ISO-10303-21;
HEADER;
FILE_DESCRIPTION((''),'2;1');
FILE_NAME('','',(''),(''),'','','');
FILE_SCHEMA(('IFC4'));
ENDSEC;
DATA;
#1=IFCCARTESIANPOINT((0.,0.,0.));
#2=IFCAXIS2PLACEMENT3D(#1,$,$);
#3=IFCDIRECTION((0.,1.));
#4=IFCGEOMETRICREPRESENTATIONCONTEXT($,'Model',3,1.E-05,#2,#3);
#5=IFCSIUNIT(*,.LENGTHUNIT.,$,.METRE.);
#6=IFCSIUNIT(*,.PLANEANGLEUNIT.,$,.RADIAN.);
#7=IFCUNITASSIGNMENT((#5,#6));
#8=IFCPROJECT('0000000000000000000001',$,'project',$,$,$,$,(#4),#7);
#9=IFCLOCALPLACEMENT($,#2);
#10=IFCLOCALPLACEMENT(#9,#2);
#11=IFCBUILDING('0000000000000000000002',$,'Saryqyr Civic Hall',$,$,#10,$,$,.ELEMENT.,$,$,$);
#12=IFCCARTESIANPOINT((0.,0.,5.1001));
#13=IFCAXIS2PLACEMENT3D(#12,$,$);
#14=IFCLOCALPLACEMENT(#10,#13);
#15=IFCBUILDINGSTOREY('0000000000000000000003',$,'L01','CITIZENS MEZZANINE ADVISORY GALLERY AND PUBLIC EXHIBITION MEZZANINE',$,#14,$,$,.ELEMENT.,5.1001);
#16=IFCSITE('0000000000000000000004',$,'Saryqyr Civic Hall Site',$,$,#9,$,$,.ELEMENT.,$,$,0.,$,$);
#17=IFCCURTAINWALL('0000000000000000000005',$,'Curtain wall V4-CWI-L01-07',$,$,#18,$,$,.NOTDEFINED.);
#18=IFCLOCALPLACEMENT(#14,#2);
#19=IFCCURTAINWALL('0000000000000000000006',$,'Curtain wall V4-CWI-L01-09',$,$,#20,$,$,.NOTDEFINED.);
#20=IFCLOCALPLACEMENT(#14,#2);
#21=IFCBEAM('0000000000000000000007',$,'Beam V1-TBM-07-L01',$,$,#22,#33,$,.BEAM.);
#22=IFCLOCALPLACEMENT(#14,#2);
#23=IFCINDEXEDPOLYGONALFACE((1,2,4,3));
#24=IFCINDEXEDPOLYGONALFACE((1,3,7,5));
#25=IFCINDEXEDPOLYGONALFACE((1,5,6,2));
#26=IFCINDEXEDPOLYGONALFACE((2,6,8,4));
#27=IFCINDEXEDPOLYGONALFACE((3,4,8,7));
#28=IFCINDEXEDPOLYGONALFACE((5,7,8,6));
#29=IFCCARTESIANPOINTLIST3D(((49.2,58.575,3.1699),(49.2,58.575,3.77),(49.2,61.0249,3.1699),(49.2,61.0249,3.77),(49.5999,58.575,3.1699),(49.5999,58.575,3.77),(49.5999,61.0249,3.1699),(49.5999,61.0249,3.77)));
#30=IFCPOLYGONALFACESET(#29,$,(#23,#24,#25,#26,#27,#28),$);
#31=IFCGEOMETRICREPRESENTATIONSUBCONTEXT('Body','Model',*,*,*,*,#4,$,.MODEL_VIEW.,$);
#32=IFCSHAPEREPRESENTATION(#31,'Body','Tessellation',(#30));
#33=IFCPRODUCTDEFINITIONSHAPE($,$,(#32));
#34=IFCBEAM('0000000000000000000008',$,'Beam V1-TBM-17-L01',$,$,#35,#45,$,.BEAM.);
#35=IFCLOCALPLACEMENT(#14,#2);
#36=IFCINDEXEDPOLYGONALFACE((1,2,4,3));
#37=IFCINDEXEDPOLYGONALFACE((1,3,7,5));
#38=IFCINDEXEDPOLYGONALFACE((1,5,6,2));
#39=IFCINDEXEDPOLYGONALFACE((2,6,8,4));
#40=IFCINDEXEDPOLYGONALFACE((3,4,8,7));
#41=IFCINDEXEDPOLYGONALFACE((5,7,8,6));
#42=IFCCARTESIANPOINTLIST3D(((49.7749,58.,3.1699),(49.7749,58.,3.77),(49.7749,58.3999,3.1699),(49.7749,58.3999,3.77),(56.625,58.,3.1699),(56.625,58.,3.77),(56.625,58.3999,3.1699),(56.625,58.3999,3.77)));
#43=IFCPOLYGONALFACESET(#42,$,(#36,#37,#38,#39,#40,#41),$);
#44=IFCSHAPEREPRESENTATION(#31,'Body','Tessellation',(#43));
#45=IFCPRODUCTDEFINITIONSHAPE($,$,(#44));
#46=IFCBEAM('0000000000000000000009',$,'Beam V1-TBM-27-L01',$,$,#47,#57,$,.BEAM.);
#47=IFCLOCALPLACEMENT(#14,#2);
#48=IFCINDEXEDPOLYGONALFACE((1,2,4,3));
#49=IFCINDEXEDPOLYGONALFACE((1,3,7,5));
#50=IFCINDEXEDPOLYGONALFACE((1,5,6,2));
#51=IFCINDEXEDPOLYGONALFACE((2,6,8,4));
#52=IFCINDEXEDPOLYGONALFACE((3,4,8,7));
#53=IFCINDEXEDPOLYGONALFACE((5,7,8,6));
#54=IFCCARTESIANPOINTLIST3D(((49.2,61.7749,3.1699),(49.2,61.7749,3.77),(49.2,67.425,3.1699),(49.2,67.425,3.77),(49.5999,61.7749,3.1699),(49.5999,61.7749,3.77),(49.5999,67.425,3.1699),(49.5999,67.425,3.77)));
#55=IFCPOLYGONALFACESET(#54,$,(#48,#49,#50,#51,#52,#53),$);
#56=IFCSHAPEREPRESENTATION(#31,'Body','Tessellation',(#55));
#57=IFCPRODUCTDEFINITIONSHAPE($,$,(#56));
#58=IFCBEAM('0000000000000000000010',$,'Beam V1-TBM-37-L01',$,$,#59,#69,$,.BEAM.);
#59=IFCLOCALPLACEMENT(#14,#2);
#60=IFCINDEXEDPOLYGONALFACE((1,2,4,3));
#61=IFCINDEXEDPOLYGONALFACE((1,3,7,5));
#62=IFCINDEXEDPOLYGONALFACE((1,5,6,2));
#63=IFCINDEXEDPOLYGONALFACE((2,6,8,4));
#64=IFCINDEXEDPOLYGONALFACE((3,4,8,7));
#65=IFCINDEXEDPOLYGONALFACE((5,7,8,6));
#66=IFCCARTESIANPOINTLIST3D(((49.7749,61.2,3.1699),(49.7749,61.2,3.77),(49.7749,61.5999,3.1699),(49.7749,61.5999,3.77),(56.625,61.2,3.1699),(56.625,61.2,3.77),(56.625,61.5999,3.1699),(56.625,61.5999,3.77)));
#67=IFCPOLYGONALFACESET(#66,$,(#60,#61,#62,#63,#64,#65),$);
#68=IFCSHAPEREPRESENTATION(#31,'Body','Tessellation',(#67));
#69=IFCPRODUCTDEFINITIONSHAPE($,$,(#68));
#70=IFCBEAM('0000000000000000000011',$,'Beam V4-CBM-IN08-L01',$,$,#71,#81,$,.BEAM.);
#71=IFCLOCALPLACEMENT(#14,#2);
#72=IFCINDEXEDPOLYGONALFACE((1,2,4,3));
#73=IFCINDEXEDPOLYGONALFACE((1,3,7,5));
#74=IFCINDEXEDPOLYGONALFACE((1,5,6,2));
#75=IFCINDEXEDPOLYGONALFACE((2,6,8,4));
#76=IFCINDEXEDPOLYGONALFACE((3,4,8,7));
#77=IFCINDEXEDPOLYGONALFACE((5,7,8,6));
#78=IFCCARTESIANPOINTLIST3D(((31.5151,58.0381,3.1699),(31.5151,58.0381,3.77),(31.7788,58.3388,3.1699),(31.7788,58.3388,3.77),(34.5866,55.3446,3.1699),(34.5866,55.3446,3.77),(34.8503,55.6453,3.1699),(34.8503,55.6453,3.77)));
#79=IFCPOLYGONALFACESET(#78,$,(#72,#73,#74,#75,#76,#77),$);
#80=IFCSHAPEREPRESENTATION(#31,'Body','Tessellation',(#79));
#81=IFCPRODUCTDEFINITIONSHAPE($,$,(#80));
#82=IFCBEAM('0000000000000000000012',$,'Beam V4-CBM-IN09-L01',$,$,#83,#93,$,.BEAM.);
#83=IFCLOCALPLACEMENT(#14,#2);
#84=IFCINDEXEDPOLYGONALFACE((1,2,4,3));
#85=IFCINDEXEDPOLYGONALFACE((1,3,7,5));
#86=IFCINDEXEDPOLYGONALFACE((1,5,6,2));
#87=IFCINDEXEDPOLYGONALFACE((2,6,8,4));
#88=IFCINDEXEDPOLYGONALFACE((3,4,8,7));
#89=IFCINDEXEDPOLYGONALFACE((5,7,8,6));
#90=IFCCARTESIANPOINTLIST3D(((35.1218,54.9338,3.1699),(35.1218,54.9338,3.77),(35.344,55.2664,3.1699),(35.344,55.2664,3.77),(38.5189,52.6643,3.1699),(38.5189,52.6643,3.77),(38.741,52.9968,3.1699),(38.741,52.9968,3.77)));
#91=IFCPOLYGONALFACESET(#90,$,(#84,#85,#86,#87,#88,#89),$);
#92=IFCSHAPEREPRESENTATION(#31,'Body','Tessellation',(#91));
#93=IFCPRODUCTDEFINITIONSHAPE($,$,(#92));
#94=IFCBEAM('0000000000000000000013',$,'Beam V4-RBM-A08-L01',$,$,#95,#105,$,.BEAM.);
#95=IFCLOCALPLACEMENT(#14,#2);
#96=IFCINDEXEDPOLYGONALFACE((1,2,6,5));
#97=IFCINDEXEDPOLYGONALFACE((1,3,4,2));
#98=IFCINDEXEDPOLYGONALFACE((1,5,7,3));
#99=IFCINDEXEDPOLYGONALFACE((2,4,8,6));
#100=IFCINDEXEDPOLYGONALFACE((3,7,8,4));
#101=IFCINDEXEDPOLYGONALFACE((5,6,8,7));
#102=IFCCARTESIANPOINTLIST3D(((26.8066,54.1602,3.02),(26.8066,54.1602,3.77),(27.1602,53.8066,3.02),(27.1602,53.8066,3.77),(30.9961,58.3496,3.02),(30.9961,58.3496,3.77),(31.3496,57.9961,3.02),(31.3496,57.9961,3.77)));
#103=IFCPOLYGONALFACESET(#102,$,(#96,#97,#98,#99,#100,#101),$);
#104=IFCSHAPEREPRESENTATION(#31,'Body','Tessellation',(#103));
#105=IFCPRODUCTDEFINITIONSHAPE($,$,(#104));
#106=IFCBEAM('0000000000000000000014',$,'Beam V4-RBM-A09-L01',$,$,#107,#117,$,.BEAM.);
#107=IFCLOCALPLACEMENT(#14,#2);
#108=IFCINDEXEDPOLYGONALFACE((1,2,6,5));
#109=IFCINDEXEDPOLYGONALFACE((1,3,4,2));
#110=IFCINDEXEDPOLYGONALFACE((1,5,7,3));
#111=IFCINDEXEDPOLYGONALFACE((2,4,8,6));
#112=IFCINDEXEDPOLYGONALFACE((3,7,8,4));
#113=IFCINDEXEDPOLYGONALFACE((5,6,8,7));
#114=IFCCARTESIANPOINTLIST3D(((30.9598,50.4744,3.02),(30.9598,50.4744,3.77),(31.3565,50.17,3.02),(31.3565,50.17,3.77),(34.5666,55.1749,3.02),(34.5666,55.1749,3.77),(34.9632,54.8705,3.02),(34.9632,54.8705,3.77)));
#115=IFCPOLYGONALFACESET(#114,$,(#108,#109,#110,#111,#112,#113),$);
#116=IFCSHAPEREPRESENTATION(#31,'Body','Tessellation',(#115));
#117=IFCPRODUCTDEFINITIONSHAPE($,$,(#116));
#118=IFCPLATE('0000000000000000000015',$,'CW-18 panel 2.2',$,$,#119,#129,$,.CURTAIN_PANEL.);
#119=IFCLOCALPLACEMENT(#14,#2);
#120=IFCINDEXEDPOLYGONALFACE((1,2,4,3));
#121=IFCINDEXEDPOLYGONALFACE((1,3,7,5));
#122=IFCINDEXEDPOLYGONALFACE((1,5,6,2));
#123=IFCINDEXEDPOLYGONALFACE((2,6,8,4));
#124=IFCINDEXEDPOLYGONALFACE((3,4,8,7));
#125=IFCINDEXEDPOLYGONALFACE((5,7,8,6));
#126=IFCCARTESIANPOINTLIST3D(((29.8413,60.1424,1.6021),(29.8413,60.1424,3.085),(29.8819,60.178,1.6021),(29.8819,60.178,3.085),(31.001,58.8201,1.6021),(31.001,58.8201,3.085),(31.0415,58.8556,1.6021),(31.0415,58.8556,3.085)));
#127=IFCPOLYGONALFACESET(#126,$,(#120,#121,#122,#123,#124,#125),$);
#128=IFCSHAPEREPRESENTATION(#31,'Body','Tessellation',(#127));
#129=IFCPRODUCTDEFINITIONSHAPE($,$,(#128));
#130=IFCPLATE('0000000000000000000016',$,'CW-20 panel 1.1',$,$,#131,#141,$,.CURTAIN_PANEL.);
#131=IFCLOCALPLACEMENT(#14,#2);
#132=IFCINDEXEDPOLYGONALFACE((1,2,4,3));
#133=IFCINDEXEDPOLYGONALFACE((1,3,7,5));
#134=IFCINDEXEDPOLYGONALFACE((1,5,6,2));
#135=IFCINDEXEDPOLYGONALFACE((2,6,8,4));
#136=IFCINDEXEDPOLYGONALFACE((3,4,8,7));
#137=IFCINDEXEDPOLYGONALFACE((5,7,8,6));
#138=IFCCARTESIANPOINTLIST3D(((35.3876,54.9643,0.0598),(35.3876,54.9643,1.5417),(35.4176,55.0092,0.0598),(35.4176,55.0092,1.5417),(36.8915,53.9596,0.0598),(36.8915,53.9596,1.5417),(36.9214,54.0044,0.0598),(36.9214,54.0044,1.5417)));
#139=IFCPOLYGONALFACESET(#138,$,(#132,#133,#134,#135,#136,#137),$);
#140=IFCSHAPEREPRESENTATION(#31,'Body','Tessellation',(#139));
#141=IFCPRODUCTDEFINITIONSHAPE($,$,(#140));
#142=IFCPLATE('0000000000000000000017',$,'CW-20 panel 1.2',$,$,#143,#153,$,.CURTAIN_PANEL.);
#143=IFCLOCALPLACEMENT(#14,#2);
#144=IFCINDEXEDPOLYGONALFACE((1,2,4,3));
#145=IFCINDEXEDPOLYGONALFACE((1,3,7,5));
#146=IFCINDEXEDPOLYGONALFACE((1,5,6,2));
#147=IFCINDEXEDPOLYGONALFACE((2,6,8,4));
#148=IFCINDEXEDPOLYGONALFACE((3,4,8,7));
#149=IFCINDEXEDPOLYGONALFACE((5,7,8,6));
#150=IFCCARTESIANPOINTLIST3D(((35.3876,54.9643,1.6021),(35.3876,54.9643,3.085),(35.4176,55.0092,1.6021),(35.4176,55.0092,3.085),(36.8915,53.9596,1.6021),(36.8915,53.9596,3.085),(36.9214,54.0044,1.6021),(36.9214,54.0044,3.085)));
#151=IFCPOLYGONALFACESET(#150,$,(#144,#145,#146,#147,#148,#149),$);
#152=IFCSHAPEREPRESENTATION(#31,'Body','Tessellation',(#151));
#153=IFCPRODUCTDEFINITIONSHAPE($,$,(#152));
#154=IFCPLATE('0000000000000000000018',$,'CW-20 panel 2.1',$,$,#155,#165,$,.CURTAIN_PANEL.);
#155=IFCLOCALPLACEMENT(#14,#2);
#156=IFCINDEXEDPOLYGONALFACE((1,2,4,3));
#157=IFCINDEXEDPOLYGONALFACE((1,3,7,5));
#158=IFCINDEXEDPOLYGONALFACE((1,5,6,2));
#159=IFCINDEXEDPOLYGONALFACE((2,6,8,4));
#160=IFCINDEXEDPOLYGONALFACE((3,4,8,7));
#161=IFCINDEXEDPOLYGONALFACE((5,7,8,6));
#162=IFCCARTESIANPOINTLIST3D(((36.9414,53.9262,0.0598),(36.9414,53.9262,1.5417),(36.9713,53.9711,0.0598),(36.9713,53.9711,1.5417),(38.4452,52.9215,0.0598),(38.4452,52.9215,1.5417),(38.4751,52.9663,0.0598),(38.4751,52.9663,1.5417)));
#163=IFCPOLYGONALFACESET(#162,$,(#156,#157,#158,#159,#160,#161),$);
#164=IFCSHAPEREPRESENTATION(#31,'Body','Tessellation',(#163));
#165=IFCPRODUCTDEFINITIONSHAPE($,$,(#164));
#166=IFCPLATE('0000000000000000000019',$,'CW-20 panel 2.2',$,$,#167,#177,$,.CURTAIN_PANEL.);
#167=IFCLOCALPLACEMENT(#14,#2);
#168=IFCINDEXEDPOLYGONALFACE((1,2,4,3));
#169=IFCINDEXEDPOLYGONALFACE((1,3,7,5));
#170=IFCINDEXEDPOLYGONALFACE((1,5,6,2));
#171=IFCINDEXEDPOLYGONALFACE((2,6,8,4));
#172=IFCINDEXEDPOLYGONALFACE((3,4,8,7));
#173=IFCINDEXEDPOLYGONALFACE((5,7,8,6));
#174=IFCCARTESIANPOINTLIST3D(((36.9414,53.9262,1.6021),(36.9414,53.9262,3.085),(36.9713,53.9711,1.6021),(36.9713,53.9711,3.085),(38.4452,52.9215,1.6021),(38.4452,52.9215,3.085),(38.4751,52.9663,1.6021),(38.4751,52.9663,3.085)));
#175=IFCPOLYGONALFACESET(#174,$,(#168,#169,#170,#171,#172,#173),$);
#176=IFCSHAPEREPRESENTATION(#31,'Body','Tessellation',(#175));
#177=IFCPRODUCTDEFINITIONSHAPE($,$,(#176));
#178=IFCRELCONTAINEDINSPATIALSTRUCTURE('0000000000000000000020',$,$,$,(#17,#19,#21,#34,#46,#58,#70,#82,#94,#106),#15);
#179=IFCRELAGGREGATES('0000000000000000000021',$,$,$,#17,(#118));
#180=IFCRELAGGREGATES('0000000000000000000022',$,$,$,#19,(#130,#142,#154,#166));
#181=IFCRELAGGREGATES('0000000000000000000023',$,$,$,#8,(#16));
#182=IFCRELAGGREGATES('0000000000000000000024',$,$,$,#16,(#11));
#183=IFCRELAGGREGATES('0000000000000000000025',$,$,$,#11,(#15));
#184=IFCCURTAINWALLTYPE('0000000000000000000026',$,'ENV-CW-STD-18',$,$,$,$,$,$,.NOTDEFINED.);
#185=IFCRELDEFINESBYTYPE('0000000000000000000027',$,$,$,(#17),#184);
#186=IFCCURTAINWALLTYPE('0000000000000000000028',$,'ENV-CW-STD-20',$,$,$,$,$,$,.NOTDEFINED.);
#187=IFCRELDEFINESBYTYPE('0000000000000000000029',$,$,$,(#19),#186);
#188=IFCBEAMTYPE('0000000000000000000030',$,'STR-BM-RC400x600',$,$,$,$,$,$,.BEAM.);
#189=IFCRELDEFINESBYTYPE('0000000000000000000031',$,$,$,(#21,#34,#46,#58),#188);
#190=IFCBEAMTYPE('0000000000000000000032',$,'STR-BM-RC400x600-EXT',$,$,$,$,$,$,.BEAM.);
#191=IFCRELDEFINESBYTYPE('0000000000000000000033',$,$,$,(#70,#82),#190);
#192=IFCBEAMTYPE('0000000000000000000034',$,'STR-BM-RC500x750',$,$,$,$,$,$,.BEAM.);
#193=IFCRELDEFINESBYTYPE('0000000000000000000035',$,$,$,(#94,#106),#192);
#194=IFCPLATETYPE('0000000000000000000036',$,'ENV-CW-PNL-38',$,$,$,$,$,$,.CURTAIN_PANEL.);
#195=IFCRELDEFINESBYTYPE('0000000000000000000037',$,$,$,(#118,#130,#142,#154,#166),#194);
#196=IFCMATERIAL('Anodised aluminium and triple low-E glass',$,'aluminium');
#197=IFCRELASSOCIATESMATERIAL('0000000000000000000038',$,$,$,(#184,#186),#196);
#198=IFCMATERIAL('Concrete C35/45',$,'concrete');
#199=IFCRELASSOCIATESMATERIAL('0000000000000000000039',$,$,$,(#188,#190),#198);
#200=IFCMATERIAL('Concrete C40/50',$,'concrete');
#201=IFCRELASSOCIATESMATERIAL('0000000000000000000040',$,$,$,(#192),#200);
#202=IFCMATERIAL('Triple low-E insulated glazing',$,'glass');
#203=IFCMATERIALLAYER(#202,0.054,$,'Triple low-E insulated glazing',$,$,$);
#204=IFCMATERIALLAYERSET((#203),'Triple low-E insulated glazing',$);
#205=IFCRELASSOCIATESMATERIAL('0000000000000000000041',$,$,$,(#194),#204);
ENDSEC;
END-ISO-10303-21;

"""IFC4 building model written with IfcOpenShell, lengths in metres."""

from ifc_helpers import new_model, si_unit, direction, frame, origin, origin_2d, place, context, subcontext, project, spatial, rectangle, extrude, material, layer, layer_set, material_profile, profile_set, type_object, element, aggregate, save


model = new_model("IFC4")

# Units and contexts
model_context = context("Model", 3, precision=1e-05, world=origin(), true_north=direction((0.0, 1.0)))
body_context = subcontext(model_context, "Body", "Model", "MODEL_VIEW")
ifc_project = project(units=[si_unit("LENGTHUNIT", "METRE"), si_unit("PLANEANGLEUNIT", "RADIAN")], contexts=[model_context])

# Site, building, storey
site_placement = place(None, origin())
site = spatial("IfcSite", under=ifc_project, at=site_placement, Name="Saryqyr Civic Hall Site", CompositionType="ELEMENT", RefElevation=0.0)
building_placement = place(site_placement, origin())
building = spatial("IfcBuilding", under=site, at=building_placement, Name="Saryqyr Civic Hall", CompositionType="ELEMENT")
storey_placement = place(building_placement, frame((0.0, 0.0, 5.1001)))
storey = spatial("IfcBuildingStorey", under=building, at=storey_placement, Name="L01", Description="CITIZENS MEZZANINE ADVISORY GALLERY AND PUBLIC EXHIBITION MEZZANINE", CompositionType="ELEMENT", Elevation=5.1001)

# Shared definitions
ifc_material_1 = material(Name="Concrete C40/50", Category="concrete")

# Curtain wall
ifc_material_2 = material(Name="Anodised aluminium and triple low-E glass", Category="aluminium")
curtain_wall_type_1 = type_object("IfcCurtainWallType", Name="ENV-CW-STD-18", PredefinedType="NOTDEFINED", material=ifc_material_2)
curtain_wall_1_placement = place(storey_placement, origin())
curtain_wall_1 = element("IfcCurtainWall", 1, at=curtain_wall_1_placement, inside=storey, type_object=curtain_wall_type_1, Name="Curtain wall V4-CWI-L01-07", PredefinedType="NOTDEFINED")

# Curtain wall
curtain_wall_type_2 = type_object("IfcCurtainWallType", Name="ENV-CW-STD-20", PredefinedType="NOTDEFINED", material=ifc_material_2)
curtain_wall_2_placement = place(storey_placement, origin())
curtain_wall_2 = element("IfcCurtainWall", 2, at=curtain_wall_2_placement, inside=storey, type_object=curtain_wall_type_2, Name="Curtain wall V4-CWI-L01-09", PredefinedType="NOTDEFINED")

# Beams
ifc_material_3 = material(Name="Concrete C35/45", Category="concrete")
ifc_material_profile_1 = material_profile(ifc_material_3, rectangle(XDim=0.3999, YDim=0.6001, at=origin_2d()), Name="RC 400x600")
ifc_profile_set_1 = profile_set([ifc_material_profile_1], Name="Concrete C35/45")
beam_type_1 = type_object("IfcBeamType", Name="STR-BM-RC400x600", PredefinedType="BEAM", material=ifc_profile_set_1)
beam_1_placement = place(storey_placement, frame((49.3999, 58.575, 3.47), z_axis=(0.0, 1.0, 0.0), x_axis=(-1.0, 0.0, 0.0)))
element("IfcBeam", 3, at=beam_1_placement, inside=storey, type_object=beam_type_1, Name="Beam V1-TBM-07-L01", PredefinedType="BEAM", context=body_context, shape_type="SweptSolid", body=[
    extrude(rectangle(XDim=0.3999, YDim=0.6001, at=origin_2d()), origin(), (0.0, 0.0, 1.0), 2.45),
])
beam_2_placement = place(storey_placement, frame((49.7749, 58.2, 3.47), z_axis=(1.0, 0.0, 0.0), x_axis=(0.0, 1.0, 0.0)))
element("IfcBeam", 4, at=beam_2_placement, inside=storey, type_object=beam_type_1, Name="Beam V1-TBM-17-L01", PredefinedType="BEAM", context=body_context, shape_type="SweptSolid", body=[
    extrude(rectangle(XDim=0.3999, YDim=0.6001, at=origin_2d()), origin(), (0.0, 0.0, 1.0), 6.8501),
])
beam_3_placement = place(storey_placement, frame((49.3999, 61.7749, 3.47), z_axis=(0.0, 1.0, 0.0), x_axis=(-1.0, 0.0, 0.0)))
element("IfcBeam", 5, at=beam_3_placement, inside=storey, type_object=beam_type_1, Name="Beam V1-TBM-27-L01", PredefinedType="BEAM", context=body_context, shape_type="SweptSolid", body=[
    extrude(rectangle(XDim=0.3999, YDim=0.6001, at=origin_2d()), origin(), (0.0, 0.0, 1.0), 5.6501),
])
beam_4_placement = place(storey_placement, frame((49.7749, 61.3999, 3.47), z_axis=(1.0, 0.0, 0.0), x_axis=(0.0, 1.0, 0.0)))
element("IfcBeam", 6, at=beam_4_placement, inside=storey, type_object=beam_type_1, Name="Beam V1-TBM-37-L01", PredefinedType="BEAM", context=body_context, shape_type="SweptSolid", body=[
    extrude(rectangle(XDim=0.3999, YDim=0.6001, at=origin_2d()), origin(), (0.0, 0.0, 1.0), 6.8501),
])
ifc_material_profile_2 = material_profile(ifc_material_3, rectangle(XDim=0.3999, YDim=0.6001, at=origin_2d()), Name="RC 400x600")
ifc_profile_set_2 = profile_set([ifc_material_profile_2], Name="Concrete C35/45")
beam_type_2 = type_object("IfcBeamType", Name="STR-BM-RC400x600-EXT", PredefinedType="BEAM", material=ifc_profile_set_2)
beam_5_placement = place(storey_placement, frame((31.647, 58.1885, 3.47), z_axis=(0.751847, -0.659338, 0.0), x_axis=(0.659338, 0.751847, 0.0)))
element("IfcBeam", 7, at=beam_5_placement, inside=storey, type_object=beam_type_2, Name="Beam V4-CBM-IN08-L01", PredefinedType="BEAM", context=body_context, shape_type="SweptSolid", body=[
    extrude(rectangle(XDim=0.3999, YDim=0.6001, at=origin_2d()), origin(), (0.0, 0.0, 1.0), 4.0852),
])
beam_6_placement = place(storey_placement, frame((35.2329, 55.1001, 3.47), z_axis=(0.831498, -0.555527, 0.0), x_axis=(0.555527, 0.831498, 0.0)))
element("IfcBeam", 8, at=beam_6_placement, inside=storey, type_object=beam_type_2, Name="Beam V4-CBM-IN09-L01", PredefinedType="BEAM", context=body_context, shape_type="SweptSolid", body=[
    extrude(rectangle(XDim=0.3999, YDim=0.6001, at=origin_2d()), origin(), (0.0, 0.0, 1.0), 4.0854),
])
ifc_material_profile_3 = material_profile(ifc_material_1, rectangle(XDim=0.5, YDim=0.75, at=origin_2d()), Name="RC 500x750")
ifc_profile_set_3 = profile_set([ifc_material_profile_3], Name="Concrete C40/50")
beam_type_3 = type_object("IfcBeamType", Name="STR-BM-RC500x750", PredefinedType="BEAM", material=ifc_profile_set_3)
for number, where, z_axis, x_axis, name in (
    (9, (31.1729, 58.1729, 3.395), (-0.707107, -0.707107, 0.0), (0.707107, -0.707107, 0.0), "Beam V4-RBM-A08-L01"),
    (10, (34.7649, 55.0227, 3.395), (-0.608752, -0.79336, 0.0), (0.79336, -0.608752, 0.0), "Beam V4-RBM-A09-L01"),
):
    element("IfcBeam", number, at=place(storey_placement, frame(where, z_axis=z_axis, x_axis=x_axis)), inside=storey, type_object=beam_type_3, Name=name, PredefinedType="BEAM", context=body_context, shape_type="SweptSolid", body=[
        extrude(rectangle(XDim=0.5, YDim=0.75, at=origin_2d()), origin(), (0.0, 0.0, 1.0), 5.9248),
    ])

# Plates
ifc_material_4 = material(Name="Triple low-E insulated glazing", Category="glass")
ifc_layer_1 = layer(ifc_material_4, 0.054, Name="Triple low-E insulated glazing")
ifc_layer_set_1 = layer_set([ifc_layer_1], Name="Triple low-E insulated glazing")
plate_type = type_object("IfcPlateType", Name="ENV-CW-PNL-38", PredefinedType="CURTAIN_PANEL", material=ifc_layer_set_1)
plate_1_placement = place(storey_placement, frame((30.4414, 59.499, 1.6021), z_axis=(0.0, 0.0, 1.0), x_axis=(0.659349, -0.751837, 0.0)))
plate_1 = element("IfcPlate", 11, at=plate_1_placement, type_object=plate_type, Name="CW-18 panel 2.2", PredefinedType="CURTAIN_PANEL", context=body_context, shape_type="SweptSolid", body=[
    extrude(rectangle(XDim=1.7588, YDim=0.054, at=origin_2d()), origin(), (0.0, 0.0, 1.0), 1.4829),
])
aggregate(curtain_wall_1, [plate_1])
plate_2_placement = place(storey_placement, frame((36.1545, 54.4844, 0.0598), z_axis=(0.0, 0.0, 1.0), x_axis=(0.831479, -0.555557, 0.0)))
plate_2 = element("IfcPlate", 12, at=plate_2_placement, type_object=plate_type, Name="CW-20 panel 1.1", PredefinedType="CURTAIN_PANEL", context=body_context, shape_type="SweptSolid", body=[
    extrude(rectangle(XDim=1.8086, YDim=0.054, at=origin_2d()), origin(), (0.0, 0.0, 1.0), 1.4819),
])
plate_3_placement = place(storey_placement, frame((36.1545, 54.4844, 1.6021), z_axis=(0.0, 0.0, 1.0), x_axis=(0.831479, -0.555557, 0.0)))
plate_3 = element("IfcPlate", 13, at=plate_3_placement, type_object=plate_type, Name="CW-20 panel 1.2", PredefinedType="CURTAIN_PANEL", context=body_context, shape_type="SweptSolid", body=[
    extrude(rectangle(XDim=1.8086, YDim=0.054, at=origin_2d()), origin(), (0.0, 0.0, 1.0), 1.4829),
])
plate_4_placement = place(storey_placement, frame((37.7083, 53.4463, 0.0598), z_axis=(0.0, 0.0, 1.0), x_axis=(0.831479, -0.555557, 0.0)))
plate_4 = element("IfcPlate", 14, at=plate_4_placement, type_object=plate_type, Name="CW-20 panel 2.1", PredefinedType="CURTAIN_PANEL", context=body_context, shape_type="SweptSolid", body=[
    extrude(rectangle(XDim=1.8086, YDim=0.054, at=origin_2d()), origin(), (0.0, 0.0, 1.0), 1.4819),
])
plate_5_placement = place(storey_placement, frame((37.7083, 53.4463, 1.6021), z_axis=(0.0, 0.0, 1.0), x_axis=(0.831479, -0.555557, 0.0)))
plate_5 = element("IfcPlate", 15, at=plate_5_placement, type_object=plate_type, Name="CW-20 panel 2.2", PredefinedType="CURTAIN_PANEL", context=body_context, shape_type="SweptSolid", body=[
    extrude(rectangle(XDim=1.8086, YDim=0.054, at=origin_2d()), origin(), (0.0, 0.0, 1.0), 1.4829),
])
aggregate(curtain_wall_2, [plate_2, plate_3, plate_4, plate_5])

save(model, "model.ifc")
